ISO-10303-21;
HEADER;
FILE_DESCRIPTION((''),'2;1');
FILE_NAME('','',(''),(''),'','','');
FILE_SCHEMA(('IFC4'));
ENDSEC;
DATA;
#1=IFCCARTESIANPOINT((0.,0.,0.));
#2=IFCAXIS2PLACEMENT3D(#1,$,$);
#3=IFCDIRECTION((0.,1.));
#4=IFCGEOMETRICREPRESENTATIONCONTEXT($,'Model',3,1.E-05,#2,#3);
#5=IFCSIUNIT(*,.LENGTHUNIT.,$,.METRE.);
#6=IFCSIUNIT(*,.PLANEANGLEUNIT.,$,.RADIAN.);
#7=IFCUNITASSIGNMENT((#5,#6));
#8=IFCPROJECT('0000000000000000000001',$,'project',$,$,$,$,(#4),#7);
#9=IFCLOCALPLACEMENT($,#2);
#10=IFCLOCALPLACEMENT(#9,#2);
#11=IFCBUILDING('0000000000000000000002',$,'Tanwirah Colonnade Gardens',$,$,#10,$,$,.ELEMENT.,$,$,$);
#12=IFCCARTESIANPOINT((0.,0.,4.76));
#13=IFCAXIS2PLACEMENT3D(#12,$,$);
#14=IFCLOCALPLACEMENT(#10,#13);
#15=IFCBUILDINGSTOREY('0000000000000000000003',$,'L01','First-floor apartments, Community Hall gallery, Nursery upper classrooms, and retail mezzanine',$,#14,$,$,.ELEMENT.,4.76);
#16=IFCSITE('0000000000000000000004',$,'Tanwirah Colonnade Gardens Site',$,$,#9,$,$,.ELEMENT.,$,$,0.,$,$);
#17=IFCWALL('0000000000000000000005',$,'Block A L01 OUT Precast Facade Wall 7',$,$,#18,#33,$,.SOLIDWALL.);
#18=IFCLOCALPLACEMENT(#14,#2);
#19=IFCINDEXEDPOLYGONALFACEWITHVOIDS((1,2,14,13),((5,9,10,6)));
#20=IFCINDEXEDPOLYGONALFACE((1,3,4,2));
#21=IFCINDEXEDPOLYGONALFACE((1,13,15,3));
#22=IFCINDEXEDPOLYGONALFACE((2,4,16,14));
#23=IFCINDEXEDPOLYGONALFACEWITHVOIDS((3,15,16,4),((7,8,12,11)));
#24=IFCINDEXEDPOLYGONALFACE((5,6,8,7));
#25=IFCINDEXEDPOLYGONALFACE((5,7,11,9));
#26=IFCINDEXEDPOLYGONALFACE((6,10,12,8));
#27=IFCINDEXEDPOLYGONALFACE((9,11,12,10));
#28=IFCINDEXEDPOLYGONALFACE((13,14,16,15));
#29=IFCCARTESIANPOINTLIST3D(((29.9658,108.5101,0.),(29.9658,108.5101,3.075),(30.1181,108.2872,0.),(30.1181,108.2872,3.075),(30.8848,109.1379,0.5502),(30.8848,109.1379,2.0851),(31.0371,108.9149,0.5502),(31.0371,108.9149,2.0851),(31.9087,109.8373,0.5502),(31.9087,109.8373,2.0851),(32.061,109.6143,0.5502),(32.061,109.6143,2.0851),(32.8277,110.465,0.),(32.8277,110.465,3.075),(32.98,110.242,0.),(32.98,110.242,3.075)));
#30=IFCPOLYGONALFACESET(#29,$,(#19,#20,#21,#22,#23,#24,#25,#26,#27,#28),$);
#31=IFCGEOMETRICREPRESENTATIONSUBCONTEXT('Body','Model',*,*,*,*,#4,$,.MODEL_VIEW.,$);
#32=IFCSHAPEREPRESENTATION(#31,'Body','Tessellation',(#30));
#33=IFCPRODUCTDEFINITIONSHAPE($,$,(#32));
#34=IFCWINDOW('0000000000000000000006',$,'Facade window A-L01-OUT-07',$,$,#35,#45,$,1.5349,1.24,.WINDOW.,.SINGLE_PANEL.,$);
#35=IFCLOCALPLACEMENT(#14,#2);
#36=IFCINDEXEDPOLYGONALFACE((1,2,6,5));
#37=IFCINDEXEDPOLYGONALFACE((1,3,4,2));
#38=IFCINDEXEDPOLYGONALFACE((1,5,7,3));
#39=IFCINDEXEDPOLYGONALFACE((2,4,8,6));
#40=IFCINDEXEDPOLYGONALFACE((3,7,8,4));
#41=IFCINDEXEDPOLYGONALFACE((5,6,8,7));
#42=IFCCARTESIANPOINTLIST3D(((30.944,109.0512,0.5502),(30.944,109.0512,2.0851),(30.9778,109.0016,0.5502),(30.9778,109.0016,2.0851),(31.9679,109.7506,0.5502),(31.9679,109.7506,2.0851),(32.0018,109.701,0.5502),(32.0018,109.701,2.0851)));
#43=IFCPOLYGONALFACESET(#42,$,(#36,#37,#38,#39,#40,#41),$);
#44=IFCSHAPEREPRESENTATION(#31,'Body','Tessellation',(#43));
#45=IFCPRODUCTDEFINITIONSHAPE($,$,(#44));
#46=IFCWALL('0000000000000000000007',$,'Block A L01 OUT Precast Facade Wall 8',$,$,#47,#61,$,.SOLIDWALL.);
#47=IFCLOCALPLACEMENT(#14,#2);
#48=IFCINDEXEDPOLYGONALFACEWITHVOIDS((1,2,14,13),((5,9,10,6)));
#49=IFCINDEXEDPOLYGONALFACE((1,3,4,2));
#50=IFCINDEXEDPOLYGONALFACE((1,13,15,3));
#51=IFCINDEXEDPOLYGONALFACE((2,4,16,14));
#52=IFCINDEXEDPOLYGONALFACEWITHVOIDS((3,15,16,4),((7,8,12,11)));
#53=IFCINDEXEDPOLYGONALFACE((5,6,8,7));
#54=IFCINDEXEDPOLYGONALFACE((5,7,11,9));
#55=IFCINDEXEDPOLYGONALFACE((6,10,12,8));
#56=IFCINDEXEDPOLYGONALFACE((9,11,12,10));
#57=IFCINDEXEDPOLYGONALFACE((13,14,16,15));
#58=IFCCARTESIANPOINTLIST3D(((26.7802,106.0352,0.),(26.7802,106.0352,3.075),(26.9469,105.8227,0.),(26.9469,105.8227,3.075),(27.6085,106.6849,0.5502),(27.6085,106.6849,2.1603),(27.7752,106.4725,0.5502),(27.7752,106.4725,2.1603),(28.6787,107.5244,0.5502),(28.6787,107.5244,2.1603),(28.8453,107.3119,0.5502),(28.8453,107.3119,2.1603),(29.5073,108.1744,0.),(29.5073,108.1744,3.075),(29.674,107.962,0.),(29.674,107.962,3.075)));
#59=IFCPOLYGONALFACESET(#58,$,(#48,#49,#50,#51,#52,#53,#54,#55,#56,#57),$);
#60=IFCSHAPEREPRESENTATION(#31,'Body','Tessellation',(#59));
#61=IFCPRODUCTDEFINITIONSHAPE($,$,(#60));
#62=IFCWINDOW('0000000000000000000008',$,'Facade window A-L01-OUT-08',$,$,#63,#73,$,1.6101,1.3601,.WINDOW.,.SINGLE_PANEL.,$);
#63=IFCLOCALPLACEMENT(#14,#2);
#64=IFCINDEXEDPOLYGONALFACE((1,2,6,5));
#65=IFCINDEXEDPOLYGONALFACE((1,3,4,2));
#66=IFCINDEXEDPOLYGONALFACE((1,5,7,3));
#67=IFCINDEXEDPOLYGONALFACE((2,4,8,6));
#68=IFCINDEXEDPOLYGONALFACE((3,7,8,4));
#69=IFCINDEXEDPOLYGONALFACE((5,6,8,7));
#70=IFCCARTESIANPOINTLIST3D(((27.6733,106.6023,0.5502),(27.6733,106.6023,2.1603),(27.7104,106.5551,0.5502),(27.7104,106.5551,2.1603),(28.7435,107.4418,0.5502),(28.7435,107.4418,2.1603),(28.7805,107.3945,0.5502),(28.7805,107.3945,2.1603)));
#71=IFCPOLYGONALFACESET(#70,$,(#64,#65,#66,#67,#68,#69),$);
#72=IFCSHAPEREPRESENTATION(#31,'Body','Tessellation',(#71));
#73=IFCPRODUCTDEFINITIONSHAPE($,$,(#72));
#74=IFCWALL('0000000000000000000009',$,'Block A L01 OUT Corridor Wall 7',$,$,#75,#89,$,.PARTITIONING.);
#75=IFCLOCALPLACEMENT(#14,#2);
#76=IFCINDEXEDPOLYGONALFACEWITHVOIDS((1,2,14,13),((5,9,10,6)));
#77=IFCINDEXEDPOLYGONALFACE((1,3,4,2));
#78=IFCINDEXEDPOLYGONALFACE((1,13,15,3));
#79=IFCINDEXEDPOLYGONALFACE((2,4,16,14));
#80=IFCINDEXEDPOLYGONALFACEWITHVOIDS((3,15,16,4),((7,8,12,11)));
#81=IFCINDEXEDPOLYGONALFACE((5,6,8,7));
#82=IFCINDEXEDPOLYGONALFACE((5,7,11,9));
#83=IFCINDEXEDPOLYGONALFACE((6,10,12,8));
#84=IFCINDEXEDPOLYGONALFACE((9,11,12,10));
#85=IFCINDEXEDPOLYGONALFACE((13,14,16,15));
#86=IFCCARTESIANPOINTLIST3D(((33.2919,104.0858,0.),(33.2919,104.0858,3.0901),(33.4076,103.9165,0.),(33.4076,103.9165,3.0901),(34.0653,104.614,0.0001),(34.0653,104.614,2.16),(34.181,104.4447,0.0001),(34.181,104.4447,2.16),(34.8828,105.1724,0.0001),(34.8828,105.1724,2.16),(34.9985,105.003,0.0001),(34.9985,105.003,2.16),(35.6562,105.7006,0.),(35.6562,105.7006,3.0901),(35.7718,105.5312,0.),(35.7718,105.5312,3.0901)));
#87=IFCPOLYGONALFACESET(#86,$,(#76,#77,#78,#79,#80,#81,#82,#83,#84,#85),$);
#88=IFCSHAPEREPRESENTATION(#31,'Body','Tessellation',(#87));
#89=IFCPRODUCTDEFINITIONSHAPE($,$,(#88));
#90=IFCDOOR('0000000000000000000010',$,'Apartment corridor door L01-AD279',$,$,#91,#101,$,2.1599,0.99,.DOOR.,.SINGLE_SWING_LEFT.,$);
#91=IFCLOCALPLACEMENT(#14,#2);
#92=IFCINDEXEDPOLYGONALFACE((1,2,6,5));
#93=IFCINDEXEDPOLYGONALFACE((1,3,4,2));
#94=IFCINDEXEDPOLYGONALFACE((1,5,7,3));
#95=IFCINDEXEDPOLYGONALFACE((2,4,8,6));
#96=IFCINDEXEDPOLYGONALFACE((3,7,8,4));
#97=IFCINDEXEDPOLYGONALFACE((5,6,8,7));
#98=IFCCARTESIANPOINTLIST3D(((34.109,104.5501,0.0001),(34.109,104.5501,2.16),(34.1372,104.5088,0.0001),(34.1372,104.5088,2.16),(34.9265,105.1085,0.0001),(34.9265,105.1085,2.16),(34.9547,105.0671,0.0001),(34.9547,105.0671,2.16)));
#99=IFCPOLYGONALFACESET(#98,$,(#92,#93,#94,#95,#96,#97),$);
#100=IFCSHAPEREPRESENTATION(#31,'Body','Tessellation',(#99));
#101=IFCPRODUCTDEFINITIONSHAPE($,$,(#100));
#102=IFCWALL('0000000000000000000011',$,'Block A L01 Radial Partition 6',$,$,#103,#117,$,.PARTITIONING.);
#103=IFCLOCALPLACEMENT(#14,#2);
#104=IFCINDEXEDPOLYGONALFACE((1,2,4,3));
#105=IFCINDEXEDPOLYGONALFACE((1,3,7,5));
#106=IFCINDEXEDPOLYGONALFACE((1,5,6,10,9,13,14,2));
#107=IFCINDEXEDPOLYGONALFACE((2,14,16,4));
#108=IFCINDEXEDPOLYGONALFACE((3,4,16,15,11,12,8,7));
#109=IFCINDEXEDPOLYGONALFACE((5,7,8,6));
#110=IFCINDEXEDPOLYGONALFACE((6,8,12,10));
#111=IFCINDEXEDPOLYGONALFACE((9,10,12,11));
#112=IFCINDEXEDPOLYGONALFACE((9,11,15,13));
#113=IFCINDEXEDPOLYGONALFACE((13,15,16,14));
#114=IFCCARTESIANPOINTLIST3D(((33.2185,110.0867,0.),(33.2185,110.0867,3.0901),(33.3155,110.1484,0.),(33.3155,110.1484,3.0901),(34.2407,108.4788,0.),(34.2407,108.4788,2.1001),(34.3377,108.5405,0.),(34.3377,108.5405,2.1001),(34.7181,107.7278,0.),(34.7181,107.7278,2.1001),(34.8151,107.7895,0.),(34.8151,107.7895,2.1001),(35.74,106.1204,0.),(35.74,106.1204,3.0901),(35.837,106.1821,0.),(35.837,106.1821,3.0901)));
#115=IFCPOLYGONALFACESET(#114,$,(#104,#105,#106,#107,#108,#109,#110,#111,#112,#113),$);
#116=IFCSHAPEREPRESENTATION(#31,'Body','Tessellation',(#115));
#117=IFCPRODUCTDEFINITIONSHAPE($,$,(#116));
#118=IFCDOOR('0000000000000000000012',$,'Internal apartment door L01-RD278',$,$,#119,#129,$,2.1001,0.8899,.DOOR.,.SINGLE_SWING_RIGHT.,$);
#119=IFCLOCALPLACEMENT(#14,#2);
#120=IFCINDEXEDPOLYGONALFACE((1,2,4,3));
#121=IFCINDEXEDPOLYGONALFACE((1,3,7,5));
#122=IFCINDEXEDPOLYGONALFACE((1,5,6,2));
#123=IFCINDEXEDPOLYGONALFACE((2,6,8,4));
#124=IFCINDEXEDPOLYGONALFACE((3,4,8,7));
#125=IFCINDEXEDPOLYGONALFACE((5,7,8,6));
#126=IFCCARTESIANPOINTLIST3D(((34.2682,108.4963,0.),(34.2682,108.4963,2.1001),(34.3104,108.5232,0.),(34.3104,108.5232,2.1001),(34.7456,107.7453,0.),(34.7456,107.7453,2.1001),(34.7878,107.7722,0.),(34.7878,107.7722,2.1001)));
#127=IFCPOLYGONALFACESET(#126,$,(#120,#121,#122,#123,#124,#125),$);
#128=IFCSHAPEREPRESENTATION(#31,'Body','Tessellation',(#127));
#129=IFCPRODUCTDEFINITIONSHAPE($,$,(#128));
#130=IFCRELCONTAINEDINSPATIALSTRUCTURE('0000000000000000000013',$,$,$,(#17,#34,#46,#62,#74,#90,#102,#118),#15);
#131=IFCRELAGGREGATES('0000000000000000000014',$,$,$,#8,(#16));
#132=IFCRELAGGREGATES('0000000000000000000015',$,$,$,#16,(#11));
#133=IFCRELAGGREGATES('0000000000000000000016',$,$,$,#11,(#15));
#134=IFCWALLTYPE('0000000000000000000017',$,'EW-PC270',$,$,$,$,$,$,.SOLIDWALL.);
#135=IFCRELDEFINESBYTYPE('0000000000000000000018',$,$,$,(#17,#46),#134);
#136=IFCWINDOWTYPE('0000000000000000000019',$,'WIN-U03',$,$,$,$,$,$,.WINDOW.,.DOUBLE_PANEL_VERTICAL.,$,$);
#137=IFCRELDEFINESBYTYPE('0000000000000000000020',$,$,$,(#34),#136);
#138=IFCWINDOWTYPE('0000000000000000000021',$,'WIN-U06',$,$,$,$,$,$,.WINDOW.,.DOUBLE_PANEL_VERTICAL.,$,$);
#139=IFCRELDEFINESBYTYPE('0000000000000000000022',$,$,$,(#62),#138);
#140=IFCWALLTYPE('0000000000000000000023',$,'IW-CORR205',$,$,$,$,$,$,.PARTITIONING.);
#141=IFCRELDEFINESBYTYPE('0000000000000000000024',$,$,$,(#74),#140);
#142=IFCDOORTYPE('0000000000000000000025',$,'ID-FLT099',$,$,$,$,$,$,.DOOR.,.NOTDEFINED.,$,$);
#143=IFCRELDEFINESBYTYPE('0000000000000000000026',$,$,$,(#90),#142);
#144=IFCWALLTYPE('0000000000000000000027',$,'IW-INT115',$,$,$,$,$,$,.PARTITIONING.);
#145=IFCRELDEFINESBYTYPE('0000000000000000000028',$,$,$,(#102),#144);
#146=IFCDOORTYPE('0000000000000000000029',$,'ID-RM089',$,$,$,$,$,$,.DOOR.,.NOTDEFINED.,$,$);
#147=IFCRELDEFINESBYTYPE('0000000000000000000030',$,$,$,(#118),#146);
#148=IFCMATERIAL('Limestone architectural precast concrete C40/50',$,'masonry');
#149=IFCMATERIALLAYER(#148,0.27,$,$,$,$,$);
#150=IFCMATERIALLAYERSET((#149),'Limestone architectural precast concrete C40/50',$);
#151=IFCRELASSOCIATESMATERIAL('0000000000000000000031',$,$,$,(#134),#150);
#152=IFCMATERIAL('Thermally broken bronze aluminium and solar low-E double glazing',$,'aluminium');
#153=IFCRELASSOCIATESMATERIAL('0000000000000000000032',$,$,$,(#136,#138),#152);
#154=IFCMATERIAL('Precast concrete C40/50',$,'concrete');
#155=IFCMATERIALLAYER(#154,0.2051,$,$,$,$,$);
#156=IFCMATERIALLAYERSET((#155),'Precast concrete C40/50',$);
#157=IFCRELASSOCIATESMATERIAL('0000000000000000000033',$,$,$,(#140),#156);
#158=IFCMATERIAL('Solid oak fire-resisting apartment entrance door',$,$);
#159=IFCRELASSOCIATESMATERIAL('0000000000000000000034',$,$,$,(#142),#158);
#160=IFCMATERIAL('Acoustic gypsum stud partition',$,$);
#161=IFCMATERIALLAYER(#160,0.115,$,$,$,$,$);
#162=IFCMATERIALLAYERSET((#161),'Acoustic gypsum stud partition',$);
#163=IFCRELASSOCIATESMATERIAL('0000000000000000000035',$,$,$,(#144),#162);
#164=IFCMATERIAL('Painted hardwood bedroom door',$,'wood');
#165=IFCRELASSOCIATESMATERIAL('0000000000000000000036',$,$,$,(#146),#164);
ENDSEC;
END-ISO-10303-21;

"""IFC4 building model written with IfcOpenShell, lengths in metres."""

from ifc_helpers import new_model, si_unit, direction, frame, frame_2d, origin, place, context, subcontext, project, spatial, rectangle, extrude, material, layer, layer_set, type_object, element, fill, save


model = new_model("IFC4")

# Units and contexts
model_context = context("Model", 3, precision=1e-05, world=origin(), true_north=direction((0.0, 1.0)))
body_context = subcontext(model_context, "Body", "Model", "MODEL_VIEW")
ifc_project = project(units=[si_unit("LENGTHUNIT", "METRE"), si_unit("PLANEANGLEUNIT", "RADIAN")], contexts=[model_context])

# Site, building, storey
site_placement = place(None, origin())
site = spatial("IfcSite", under=ifc_project, at=site_placement, Name="Tanwirah Colonnade Gardens Site", CompositionType="ELEMENT", RefElevation=0.0)
building_placement = place(site_placement, origin())
building = spatial("IfcBuilding", under=site, at=building_placement, Name="Tanwirah Colonnade Gardens", CompositionType="ELEMENT")
storey_placement = place(building_placement, frame((0.0, 0.0, 4.76)))
storey = spatial("IfcBuildingStorey", under=building, at=storey_placement, Name="L01", Description="First-floor apartments, Community Hall gallery, Nursery upper classrooms, and retail mezzanine", CompositionType="ELEMENT", Elevation=4.76)

# Shared definitions
ifc_material_1 = material(Name="Precast concrete C40/50", Category="concrete")

# Walls, openings, windows
ifc_material_2 = material(Name="Limestone architectural precast concrete C40/50", Category="masonry")
ifc_layer_1 = layer(ifc_material_2, 0.27)
ifc_layer_set_1 = layer_set([ifc_layer_1], Name="Limestone architectural precast concrete C40/50")
wall_type_1 = type_object("IfcWallType", Name="EW-PC270", PredefinedType="SOLIDWALL", material=ifc_layer_set_1)
wall_1_placement = place(storey_placement, frame((32.9038, 110.3535, 0.0), z_axis=(0.0, 0.0, 1.0), x_axis=(-0.825744, -0.564045, 0.0)))
wall_1 = element("IfcWall", 1, at=wall_1_placement, inside=storey, type_object=wall_type_1, Name="Block A L01 OUT Precast Facade Wall 7", PredefinedType="SOLIDWALL", context=body_context, shape_type="SweptSolid", body=[
    extrude(rectangle(XDim=3.4658, YDim=0.27, at=frame_2d((1.7329, 0.0))), origin(), (0.0, 0.0, 1.0), 3.075),
])
opening_1_placement = place(wall_1_placement, frame((1.1128, 0.0, 0.55)))
opening_1 = element("IfcOpeningElement", 2, at=opening_1_placement, cuts=wall_1, PredefinedType="OPENING", context=body_context, shape_type="SweptSolid", body=[
    extrude(rectangle(XDim=1.24, YDim=1.5349, at=frame_2d((0.6201, 0.7676))), frame((0.0, 0.145, 0.0), z_axis=(0.0, -1.0, 0.0), x_axis=(1.0, 0.0, 0.0)), (0.0, 0.0, 1.0), 0.29),
])
ifc_material_3 = material(Name="Thermally broken bronze aluminium and solar low-E double glazing", Category="aluminium")
window_type_1 = type_object("IfcWindowType", Name="WIN-U03", PartitioningType="DOUBLE_PANEL_VERTICAL", PredefinedType="WINDOW", material=ifc_material_3)
window_1_placement = place(opening_1_placement, origin())
window_1 = element("IfcWindow", 3, at=window_1_placement, inside=storey, type_object=window_type_1, Name="Facade window A-L01-OUT-07", OverallHeight=1.5349, OverallWidth=1.24, PartitioningType="SINGLE_PANEL", PredefinedType="WINDOW", context=body_context, shape_type="SweptSolid", body=[
    extrude(rectangle(XDim=1.24, YDim=1.5349, at=frame_2d((0.6201, 0.7676))), frame((0.0, 0.03, 0.0), z_axis=(0.0, -1.0, 0.0), x_axis=(1.0, 0.0, 0.0)), (0.0, 0.0, 1.0), 0.0601),
])
fill(opening_1, window_1)
wall_2_placement = place(storey_placement, frame((29.5906, 108.0681, 0.0), z_axis=(0.0, 0.0, 1.0), x_axis=(-0.786812, -0.617193, 0.0)))
wall_2 = element("IfcWall", 4, at=wall_2_placement, inside=storey, type_object=wall_type_1, Name="Block A L01 OUT Precast Facade Wall 8", PredefinedType="SOLIDWALL", context=body_context, shape_type="SweptSolid", body=[
    extrude(rectangle(XDim=3.4661, YDim=0.27, at=frame_2d((1.7329, 0.0))), origin(), (0.0, 0.0, 1.0), 3.075),
])
opening_2_placement = place(wall_2_placement, frame((1.053, 0.0, 0.55)))
opening_2 = element("IfcOpeningElement", 5, at=opening_2_placement, cuts=wall_2, PredefinedType="OPENING", context=body_context, shape_type="SweptSolid", body=[
    extrude(rectangle(XDim=1.3601, YDim=1.6101, at=frame_2d((0.6802, 0.8052))), frame((0.0, 0.145, 0.0), z_axis=(0.0, -1.0, 0.0), x_axis=(1.0, 0.0, 0.0)), (0.0, 0.0, 1.0), 0.29),
])
window_type_2 = type_object("IfcWindowType", Name="WIN-U06", PartitioningType="DOUBLE_PANEL_VERTICAL", PredefinedType="WINDOW", material=ifc_material_3)
window_2_placement = place(opening_2_placement, origin())
window_2 = element("IfcWindow", 6, at=window_2_placement, inside=storey, type_object=window_type_2, Name="Facade window A-L01-OUT-08", OverallHeight=1.6101, OverallWidth=1.3601, PartitioningType="SINGLE_PANEL", PredefinedType="WINDOW", context=body_context, shape_type="SweptSolid", body=[
    extrude(rectangle(XDim=1.3601, YDim=1.6101, at=frame_2d((0.6802, 0.8052))), frame((0.0, 0.03, 0.0), z_axis=(0.0, -1.0, 0.0), x_axis=(1.0, 0.0, 0.0)), (0.0, 0.0, 1.0), 0.0601),
])
fill(opening_2, window_2)

# Walls, openings, doors
ifc_layer_2 = layer(ifc_material_1, 0.2051)
ifc_layer_set_2 = layer_set([ifc_layer_2], Name="Precast concrete C40/50")
wall_type_2 = type_object("IfcWallType", Name="IW-CORR205", PredefinedType="PARTITIONING", material=ifc_layer_set_2)
wall_3_placement = place(storey_placement, frame((35.7141, 105.616, 0.0), z_axis=(0.0, 0.0, 1.0), x_axis=(-0.82578, -0.563993, 0.0)))
wall_3 = element("IfcWall", 7, at=wall_3_placement, inside=storey, type_object=wall_type_2, Name="Block A L01 OUT Corridor Wall 7", PredefinedType="PARTITIONING", context=body_context, shape_type="SweptSolid", body=[
    extrude(rectangle(XDim=2.863, YDim=0.2051, at=frame_2d((1.4316, 0.0))), origin(), (0.0, 0.0, 1.0), 3.0901),
])
opening_3_placement = place(wall_3_placement, frame((0.9365, 0.0, 0.0)))
opening_3 = element("IfcOpeningElement", 8, at=opening_3_placement, cuts=wall_3, PredefinedType="OPENING", context=body_context, shape_type="SweptSolid", body=[
    extrude(rectangle(XDim=0.99, YDim=2.1599, at=frame_2d((0.4951, 1.0801))), frame((0.0, 0.1125, 0.0), z_axis=(0.0, -1.0, 0.0), x_axis=(1.0, 0.0, 0.0)), (0.0, 0.0, 1.0), 0.2251),
])
ifc_material_4 = material(Name="Solid oak fire-resisting apartment entrance door")
door_type_1 = type_object("IfcDoorType", Name="ID-FLT099", OperationType="NOTDEFINED", PredefinedType="DOOR", material=ifc_material_4)
door_1_placement = place(opening_3_placement, origin())
door_1 = element("IfcDoor", 9, at=door_1_placement, inside=storey, type_object=door_type_1, Name="Apartment corridor door L01-AD279", OperationType="SINGLE_SWING_LEFT", OverallHeight=2.1599, OverallWidth=0.99, PredefinedType="DOOR", context=body_context, shape_type="SweptSolid", body=[
    extrude(rectangle(XDim=0.99, YDim=2.1599, at=frame_2d((0.4951, 1.0801))), frame((0.0, 0.0249, 0.0), z_axis=(0.0, -1.0, 0.0), x_axis=(1.0, 0.0, 0.0)), (0.0, 0.0, 1.0), 0.05),
])
fill(opening_3, door_1)
ifc_material_5 = material(Name="Acoustic gypsum stud partition")
ifc_layer_3 = layer(ifc_material_5, 0.115)
ifc_layer_set_3 = layer_set([ifc_layer_3], Name="Acoustic gypsum stud partition")
wall_type_3 = type_object("IfcWallType", Name="IW-INT115", PredefinedType="PARTITIONING", material=ifc_layer_set_3)
wall_4_placement = place(storey_placement, frame((35.7886, 106.1511, 0.0), z_axis=(0.0, 0.0, 1.0), x_axis=(-0.536492, 0.843905, 0.0)))
wall_4 = element("IfcWall", 10, at=wall_4_placement, inside=storey, type_object=wall_type_3, Name="Block A L01 Radial Partition 6", PredefinedType="PARTITIONING", context=body_context, shape_type="SweptSolid", body=[
    extrude(rectangle(XDim=4.7, YDim=0.115, at=frame_2d((2.3501, 0.0))), origin(), (0.0, 0.0, 1.0), 3.0901),
])
opening_4_placement = place(wall_4_placement, frame((1.905, 0.0, 0.0)))
opening_4 = element("IfcOpeningElement", 11, at=opening_4_placement, cuts=wall_4, PredefinedType="OPENING", context=body_context, shape_type="SweptSolid", body=[
    extrude(rectangle(XDim=0.8899, YDim=2.1001, at=frame_2d((0.4448, 1.05))), frame((0.0, 0.0674, 0.0), z_axis=(0.0, -1.0, 0.0), x_axis=(1.0, 0.0, 0.0)), (0.0, 0.0, 1.0), 0.135),
])
ifc_material_6 = material(Name="Painted hardwood bedroom door", Category="wood")
door_type_2 = type_object("IfcDoorType", Name="ID-RM089", OperationType="NOTDEFINED", PredefinedType="DOOR", material=ifc_material_6)
door_2_placement = place(opening_4_placement, origin())
door_2 = element("IfcDoor", 12, at=door_2_placement, inside=storey, type_object=door_type_2, Name="Internal apartment door L01-RD278", OperationType="SINGLE_SWING_RIGHT", OverallHeight=2.1001, OverallWidth=0.8899, PredefinedType="DOOR", context=body_context, shape_type="SweptSolid", body=[
    extrude(rectangle(XDim=0.8899, YDim=2.1001, at=frame_2d((0.4448, 1.05))), frame((0.0, 0.0249, 0.0), z_axis=(0.0, -1.0, 0.0), x_axis=(1.0, 0.0, 0.0)), (0.0, 0.0, 1.0), 0.05),
])
fill(opening_4, door_2)

save(model, "model.ifc")
